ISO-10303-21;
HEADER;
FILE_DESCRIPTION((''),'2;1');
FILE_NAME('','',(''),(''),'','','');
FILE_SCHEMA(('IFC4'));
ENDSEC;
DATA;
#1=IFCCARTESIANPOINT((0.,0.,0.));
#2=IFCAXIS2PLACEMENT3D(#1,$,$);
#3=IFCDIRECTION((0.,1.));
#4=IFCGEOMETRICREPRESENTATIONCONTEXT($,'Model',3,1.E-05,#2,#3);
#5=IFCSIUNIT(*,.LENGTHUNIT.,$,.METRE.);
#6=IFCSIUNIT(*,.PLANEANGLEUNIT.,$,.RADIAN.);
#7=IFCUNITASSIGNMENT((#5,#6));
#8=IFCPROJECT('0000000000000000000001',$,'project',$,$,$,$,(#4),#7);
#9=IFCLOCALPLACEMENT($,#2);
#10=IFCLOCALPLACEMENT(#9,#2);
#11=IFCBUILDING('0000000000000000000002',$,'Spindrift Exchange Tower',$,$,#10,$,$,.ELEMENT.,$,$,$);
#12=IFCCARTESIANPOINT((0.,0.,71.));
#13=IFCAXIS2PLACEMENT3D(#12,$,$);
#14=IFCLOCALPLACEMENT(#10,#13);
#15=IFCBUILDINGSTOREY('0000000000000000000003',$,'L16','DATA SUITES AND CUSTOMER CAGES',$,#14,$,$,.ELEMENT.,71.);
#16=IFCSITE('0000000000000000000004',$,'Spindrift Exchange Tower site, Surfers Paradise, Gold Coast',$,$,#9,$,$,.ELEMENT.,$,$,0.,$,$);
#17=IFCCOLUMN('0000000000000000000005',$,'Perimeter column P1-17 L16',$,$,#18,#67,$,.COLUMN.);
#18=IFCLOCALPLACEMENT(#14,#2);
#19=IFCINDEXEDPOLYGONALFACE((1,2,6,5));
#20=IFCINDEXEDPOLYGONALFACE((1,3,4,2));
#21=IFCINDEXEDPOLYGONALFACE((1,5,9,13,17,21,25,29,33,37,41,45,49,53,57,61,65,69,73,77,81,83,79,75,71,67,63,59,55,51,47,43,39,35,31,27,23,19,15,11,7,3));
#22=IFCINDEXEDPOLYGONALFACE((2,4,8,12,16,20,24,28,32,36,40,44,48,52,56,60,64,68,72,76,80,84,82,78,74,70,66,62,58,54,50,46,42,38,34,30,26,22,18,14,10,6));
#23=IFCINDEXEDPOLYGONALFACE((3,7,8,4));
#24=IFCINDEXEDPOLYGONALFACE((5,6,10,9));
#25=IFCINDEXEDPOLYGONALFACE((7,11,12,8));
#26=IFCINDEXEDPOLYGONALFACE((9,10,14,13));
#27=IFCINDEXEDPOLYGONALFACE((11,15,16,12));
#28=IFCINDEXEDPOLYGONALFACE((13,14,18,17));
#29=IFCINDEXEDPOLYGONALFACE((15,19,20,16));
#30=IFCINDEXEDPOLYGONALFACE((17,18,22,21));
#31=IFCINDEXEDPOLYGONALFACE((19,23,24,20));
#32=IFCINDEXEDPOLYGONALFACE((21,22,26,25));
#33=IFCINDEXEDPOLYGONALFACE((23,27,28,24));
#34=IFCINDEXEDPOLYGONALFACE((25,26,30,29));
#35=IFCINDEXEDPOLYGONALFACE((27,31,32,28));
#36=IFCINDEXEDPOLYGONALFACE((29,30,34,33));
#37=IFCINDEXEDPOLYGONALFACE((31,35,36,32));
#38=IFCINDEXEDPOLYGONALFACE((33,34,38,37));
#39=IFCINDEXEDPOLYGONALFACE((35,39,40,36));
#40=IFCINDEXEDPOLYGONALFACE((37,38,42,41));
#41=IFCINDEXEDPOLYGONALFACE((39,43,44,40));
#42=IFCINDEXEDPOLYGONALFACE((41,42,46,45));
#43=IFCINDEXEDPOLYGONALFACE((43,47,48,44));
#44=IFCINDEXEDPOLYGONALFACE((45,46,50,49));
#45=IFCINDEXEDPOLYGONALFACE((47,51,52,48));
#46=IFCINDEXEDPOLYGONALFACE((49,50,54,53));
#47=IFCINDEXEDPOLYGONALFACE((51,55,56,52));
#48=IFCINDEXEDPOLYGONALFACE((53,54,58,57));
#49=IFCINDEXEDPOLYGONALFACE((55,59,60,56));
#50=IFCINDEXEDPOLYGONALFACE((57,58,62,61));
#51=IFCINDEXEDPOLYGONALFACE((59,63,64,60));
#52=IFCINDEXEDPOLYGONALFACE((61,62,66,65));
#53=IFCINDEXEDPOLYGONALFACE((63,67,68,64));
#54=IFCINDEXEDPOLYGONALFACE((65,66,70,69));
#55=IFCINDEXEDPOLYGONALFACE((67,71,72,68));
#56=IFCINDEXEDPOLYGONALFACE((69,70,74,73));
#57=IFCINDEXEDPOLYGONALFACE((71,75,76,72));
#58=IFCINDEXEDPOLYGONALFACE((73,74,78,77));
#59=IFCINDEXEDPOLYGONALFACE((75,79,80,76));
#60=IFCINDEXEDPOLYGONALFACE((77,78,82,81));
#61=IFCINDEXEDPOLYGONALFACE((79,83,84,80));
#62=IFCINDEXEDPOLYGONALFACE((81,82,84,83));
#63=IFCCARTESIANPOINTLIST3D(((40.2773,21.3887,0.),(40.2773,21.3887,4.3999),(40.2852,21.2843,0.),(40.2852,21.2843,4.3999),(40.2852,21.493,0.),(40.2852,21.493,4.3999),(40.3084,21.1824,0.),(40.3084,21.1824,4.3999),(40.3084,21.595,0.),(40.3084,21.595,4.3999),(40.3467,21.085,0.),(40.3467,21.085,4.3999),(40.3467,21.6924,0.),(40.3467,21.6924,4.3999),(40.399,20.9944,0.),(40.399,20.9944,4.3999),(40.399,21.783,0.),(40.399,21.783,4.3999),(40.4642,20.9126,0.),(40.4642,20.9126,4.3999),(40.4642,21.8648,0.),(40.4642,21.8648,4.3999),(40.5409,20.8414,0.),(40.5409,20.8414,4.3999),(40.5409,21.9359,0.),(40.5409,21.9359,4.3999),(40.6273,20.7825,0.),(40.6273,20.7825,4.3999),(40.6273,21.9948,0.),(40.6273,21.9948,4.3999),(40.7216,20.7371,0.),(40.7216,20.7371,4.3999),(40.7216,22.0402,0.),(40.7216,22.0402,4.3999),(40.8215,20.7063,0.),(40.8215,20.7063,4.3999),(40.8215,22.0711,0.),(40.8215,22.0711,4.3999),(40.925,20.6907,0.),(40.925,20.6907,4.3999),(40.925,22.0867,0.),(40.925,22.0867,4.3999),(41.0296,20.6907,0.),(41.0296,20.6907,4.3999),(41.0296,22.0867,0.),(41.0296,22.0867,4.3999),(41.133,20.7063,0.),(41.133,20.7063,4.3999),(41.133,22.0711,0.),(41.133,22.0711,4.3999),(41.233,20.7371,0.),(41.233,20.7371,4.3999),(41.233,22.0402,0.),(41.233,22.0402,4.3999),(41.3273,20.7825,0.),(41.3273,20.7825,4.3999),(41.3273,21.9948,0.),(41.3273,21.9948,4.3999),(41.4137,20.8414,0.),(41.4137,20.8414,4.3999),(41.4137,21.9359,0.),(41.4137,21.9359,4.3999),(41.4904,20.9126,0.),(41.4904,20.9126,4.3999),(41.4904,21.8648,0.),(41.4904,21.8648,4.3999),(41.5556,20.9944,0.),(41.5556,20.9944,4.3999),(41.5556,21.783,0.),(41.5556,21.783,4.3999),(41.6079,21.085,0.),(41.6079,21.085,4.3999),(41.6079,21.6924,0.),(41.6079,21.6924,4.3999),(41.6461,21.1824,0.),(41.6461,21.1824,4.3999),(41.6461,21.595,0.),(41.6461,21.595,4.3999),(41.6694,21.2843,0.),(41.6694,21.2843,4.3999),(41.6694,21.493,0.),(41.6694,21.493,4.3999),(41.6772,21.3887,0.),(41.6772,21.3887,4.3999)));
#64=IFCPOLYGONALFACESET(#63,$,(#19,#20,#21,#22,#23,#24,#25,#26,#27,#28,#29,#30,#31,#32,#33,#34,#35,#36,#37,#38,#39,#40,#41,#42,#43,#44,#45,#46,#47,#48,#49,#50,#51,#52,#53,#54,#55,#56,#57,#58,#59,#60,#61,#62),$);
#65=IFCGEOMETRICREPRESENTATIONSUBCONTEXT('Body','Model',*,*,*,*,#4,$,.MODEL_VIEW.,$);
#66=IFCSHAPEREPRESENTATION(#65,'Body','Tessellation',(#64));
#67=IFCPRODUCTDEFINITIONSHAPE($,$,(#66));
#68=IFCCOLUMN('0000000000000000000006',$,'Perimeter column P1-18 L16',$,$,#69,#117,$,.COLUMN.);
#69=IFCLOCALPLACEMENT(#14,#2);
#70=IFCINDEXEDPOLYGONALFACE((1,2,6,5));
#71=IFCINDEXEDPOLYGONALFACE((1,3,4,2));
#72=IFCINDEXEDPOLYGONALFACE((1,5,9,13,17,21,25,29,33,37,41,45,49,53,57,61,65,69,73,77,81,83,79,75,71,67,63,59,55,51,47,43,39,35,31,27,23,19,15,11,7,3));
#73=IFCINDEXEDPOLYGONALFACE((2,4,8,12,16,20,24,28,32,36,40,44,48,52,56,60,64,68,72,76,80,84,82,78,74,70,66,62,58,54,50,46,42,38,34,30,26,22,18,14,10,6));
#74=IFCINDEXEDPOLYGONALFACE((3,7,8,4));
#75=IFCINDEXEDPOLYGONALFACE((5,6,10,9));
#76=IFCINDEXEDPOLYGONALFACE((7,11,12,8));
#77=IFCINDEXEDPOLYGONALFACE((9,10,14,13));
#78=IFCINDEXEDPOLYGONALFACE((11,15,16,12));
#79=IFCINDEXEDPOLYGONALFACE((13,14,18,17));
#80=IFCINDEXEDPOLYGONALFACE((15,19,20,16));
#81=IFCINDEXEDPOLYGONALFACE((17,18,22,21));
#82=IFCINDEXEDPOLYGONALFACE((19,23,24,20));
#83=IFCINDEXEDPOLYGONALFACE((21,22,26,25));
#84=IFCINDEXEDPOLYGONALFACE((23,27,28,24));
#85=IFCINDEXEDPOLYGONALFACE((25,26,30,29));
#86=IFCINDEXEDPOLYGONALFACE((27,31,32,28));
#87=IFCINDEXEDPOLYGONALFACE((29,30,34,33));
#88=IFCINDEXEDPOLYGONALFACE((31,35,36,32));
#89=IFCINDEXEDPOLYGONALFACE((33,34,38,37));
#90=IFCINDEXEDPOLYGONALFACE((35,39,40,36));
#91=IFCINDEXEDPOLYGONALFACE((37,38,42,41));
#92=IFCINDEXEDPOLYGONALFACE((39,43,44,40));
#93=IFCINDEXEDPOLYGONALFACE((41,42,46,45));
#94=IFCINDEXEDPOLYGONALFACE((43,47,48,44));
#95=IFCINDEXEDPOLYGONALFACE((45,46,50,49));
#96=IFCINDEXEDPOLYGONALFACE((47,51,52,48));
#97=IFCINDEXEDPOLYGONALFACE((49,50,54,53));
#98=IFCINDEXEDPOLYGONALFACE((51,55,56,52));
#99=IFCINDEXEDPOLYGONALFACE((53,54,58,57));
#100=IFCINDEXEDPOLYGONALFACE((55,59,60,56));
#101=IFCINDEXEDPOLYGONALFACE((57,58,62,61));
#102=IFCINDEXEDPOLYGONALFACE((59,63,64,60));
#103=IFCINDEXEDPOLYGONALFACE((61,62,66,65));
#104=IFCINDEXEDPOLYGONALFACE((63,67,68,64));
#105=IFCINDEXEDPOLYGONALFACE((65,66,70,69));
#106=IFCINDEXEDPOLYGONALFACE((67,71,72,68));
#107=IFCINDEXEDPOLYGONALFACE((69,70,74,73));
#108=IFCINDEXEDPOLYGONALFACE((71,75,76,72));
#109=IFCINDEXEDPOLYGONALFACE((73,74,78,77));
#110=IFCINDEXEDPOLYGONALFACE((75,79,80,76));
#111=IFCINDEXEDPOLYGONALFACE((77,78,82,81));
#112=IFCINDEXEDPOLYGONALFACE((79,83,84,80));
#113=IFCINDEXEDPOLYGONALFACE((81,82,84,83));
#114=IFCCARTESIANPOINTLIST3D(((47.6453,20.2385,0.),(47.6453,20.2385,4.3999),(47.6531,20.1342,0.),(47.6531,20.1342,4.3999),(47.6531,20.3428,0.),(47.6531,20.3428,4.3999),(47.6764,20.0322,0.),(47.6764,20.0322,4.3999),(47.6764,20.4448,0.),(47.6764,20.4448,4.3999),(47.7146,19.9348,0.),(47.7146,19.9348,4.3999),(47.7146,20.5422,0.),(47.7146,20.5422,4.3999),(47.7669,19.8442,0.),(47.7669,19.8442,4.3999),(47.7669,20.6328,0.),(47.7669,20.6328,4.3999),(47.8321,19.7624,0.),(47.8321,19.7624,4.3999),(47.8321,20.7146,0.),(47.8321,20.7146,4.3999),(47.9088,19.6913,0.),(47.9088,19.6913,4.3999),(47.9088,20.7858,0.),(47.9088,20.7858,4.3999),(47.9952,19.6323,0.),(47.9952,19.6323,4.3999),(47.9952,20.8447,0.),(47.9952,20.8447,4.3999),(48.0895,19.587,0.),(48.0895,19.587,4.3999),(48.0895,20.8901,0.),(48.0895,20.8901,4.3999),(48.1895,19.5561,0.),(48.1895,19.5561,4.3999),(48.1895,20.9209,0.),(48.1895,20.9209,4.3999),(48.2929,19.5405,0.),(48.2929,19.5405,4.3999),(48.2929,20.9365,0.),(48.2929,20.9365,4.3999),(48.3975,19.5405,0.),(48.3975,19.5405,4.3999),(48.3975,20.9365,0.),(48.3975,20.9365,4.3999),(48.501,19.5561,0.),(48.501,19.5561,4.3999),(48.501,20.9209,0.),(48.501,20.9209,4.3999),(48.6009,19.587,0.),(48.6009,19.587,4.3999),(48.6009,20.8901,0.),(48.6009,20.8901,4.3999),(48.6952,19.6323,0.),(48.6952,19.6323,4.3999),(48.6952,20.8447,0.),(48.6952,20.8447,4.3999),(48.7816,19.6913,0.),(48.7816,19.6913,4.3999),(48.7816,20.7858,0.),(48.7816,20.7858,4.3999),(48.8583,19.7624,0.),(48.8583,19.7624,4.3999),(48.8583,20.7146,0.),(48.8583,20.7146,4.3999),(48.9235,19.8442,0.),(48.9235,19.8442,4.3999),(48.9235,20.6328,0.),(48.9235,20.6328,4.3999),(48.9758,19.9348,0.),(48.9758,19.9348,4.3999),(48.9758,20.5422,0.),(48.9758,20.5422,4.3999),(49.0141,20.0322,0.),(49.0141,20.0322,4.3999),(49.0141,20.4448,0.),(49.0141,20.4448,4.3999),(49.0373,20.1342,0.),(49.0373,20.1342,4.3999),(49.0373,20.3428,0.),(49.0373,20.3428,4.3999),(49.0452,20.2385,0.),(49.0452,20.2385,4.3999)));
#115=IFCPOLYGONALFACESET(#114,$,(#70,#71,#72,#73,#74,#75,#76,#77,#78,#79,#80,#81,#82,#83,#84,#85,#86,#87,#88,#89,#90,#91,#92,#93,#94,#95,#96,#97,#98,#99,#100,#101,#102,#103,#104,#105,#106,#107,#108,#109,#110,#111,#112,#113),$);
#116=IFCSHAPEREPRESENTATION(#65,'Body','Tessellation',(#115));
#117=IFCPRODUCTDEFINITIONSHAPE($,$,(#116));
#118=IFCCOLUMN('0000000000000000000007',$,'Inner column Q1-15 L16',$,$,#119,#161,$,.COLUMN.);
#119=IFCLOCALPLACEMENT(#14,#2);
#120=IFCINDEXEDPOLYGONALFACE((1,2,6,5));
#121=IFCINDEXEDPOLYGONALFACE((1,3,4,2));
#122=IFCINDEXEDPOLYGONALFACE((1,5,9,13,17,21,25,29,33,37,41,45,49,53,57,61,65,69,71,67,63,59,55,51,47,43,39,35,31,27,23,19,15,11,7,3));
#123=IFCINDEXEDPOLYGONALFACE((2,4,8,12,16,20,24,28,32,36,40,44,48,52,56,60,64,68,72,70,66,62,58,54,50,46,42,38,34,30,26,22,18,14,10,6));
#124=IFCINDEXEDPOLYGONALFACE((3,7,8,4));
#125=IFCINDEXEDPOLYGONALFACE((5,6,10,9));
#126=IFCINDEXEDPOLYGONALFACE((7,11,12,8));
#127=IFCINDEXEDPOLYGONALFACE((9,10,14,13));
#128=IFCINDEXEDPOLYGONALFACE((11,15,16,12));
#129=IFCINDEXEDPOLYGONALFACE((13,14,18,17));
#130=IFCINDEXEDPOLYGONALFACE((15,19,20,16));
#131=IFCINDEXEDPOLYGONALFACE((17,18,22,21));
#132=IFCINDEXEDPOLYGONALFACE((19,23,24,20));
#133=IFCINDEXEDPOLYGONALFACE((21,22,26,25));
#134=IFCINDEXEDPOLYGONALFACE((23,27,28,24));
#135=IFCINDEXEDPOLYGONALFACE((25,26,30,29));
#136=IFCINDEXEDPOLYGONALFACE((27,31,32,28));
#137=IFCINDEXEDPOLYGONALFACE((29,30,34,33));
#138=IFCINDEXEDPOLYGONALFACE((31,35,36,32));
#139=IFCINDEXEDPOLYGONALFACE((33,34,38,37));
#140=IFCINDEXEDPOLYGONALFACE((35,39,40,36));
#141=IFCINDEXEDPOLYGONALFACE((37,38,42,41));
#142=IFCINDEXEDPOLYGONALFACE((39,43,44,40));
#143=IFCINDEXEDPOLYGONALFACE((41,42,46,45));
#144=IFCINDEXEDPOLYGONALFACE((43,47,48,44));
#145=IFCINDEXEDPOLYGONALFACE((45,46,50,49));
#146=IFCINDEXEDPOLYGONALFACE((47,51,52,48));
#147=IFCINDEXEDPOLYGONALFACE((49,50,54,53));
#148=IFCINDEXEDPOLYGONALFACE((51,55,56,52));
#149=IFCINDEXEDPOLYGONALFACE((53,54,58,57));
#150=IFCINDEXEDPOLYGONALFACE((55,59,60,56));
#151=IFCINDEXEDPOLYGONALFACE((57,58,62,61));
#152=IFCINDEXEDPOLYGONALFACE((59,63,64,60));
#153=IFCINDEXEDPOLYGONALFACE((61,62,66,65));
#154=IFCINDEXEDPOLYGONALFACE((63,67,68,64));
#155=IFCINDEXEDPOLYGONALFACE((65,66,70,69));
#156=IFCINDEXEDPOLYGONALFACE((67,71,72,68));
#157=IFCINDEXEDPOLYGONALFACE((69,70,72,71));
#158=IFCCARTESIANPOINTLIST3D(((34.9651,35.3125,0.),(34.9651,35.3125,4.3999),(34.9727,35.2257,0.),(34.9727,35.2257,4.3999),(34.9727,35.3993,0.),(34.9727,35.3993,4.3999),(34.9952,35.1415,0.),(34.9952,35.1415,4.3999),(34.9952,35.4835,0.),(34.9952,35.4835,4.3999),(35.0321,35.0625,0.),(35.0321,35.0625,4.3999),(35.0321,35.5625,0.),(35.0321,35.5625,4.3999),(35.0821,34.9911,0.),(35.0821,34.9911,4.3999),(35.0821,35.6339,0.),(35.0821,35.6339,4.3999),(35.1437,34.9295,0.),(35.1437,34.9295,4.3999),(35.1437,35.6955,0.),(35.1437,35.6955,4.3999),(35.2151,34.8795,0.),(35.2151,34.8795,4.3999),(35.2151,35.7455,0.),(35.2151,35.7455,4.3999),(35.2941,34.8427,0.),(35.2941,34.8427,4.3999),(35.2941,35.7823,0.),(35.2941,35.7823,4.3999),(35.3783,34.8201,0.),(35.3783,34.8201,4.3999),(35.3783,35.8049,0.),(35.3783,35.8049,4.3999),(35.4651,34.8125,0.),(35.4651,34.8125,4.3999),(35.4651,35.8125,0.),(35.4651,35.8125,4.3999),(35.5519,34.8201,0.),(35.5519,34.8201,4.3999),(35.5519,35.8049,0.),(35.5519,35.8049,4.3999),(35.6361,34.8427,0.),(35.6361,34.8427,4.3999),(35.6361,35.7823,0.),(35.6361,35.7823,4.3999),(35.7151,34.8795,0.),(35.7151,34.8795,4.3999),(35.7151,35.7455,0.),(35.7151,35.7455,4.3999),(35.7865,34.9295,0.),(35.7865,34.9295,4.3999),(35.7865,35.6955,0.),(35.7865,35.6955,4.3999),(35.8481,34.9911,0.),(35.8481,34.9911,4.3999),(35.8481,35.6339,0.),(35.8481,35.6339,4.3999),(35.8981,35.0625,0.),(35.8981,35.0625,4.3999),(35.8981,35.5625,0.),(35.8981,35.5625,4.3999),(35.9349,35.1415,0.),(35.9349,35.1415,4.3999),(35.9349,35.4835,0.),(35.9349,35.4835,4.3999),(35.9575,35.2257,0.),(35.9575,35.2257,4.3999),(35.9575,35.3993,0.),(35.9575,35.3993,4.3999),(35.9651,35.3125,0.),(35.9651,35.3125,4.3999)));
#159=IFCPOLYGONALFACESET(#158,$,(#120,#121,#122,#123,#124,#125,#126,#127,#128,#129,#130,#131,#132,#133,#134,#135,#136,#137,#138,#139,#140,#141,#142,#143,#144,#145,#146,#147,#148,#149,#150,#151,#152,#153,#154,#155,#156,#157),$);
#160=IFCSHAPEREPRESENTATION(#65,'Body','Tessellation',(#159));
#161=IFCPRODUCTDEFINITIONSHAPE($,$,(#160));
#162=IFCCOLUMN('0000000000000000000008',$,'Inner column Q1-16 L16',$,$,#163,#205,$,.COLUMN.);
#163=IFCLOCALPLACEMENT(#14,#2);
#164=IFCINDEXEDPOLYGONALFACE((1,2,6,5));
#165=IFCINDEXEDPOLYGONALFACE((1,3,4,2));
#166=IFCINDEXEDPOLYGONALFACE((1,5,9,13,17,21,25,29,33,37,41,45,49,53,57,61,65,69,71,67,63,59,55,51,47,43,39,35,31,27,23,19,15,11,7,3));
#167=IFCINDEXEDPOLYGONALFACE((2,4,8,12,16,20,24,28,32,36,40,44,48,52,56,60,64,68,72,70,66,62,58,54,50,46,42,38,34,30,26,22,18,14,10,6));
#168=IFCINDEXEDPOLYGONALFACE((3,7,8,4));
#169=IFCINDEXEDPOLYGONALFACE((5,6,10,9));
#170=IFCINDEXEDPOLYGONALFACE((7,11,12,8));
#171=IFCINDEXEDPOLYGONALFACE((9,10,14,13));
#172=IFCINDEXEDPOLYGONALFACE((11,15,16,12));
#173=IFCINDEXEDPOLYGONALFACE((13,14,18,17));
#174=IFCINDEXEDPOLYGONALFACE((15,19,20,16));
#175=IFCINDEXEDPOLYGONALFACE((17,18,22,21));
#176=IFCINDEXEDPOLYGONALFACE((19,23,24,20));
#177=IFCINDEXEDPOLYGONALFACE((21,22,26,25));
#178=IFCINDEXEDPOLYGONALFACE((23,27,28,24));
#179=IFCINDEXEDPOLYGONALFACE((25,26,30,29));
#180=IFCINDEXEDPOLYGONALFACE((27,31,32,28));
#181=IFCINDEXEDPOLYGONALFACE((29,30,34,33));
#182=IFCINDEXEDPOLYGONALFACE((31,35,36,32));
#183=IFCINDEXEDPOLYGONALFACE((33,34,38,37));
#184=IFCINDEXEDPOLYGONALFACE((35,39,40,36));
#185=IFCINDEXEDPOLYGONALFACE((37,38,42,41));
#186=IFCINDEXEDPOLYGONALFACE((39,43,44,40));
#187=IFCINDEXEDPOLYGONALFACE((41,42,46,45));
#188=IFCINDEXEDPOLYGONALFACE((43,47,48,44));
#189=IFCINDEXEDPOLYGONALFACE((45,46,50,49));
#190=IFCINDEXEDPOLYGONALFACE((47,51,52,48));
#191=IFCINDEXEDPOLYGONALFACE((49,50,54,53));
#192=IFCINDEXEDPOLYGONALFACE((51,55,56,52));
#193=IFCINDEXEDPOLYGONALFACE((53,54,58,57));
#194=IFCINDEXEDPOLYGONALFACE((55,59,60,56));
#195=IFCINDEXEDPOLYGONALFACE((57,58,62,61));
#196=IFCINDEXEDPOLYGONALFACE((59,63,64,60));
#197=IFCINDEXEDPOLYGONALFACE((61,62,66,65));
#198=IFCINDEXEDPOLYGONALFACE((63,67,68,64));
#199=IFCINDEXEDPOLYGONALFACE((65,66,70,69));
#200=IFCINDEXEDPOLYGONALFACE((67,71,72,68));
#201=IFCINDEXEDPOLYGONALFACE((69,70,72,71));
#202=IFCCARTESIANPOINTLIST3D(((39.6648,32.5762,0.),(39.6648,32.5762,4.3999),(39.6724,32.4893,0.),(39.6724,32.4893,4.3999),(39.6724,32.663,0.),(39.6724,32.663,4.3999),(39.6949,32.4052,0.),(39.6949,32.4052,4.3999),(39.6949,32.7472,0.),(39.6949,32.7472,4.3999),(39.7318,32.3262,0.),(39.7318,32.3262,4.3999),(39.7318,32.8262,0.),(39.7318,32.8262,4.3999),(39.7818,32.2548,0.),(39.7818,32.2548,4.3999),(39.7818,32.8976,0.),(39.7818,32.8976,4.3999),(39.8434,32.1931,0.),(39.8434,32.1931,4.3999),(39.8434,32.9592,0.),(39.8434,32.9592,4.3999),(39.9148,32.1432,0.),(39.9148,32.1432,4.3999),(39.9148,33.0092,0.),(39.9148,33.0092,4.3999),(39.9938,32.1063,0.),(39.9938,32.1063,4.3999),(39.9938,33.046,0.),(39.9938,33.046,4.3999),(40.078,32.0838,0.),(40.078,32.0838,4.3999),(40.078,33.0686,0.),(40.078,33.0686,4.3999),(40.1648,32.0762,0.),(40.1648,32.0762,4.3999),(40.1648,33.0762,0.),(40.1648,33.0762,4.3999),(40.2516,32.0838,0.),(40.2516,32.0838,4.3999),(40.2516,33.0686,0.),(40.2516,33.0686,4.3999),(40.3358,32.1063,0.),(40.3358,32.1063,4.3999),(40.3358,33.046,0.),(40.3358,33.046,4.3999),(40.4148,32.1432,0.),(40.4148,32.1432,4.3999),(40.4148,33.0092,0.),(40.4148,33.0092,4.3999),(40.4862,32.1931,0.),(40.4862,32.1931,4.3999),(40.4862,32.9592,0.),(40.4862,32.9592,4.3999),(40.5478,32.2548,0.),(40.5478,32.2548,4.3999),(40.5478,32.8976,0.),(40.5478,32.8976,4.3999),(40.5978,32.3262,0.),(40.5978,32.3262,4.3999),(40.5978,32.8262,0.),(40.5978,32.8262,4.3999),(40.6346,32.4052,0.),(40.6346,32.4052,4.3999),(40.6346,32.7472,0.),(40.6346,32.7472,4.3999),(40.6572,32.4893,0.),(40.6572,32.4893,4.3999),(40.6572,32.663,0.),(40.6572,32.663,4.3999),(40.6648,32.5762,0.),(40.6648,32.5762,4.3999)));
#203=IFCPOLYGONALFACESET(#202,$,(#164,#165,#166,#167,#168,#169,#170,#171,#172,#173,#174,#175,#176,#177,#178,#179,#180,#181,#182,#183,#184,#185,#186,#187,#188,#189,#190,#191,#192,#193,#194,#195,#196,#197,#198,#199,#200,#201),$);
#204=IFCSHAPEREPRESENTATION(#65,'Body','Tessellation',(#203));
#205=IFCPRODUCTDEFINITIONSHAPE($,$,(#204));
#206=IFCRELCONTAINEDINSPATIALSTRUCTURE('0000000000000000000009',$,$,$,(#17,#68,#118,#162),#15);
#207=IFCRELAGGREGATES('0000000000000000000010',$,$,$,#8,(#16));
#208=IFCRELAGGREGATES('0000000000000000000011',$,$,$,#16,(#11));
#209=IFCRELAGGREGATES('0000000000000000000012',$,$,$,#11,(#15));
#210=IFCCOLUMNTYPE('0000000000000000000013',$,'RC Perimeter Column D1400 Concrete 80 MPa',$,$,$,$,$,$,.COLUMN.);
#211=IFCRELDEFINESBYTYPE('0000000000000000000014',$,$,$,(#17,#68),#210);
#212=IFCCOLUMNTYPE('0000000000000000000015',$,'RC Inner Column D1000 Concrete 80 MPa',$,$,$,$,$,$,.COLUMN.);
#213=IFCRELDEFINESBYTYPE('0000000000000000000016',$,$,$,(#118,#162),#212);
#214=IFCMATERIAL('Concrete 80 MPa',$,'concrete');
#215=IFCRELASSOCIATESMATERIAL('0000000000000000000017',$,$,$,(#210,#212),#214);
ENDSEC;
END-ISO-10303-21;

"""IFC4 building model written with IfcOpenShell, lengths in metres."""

from ifc_helpers import new_model, si_unit, direction, frame, origin, origin_2d, place, context, subcontext, project, spatial, circle, extrude, source, transform, mapped, material, material_profile, profile_set, type_object, element, save


model = new_model("IFC4")

# Units and contexts
model_context = context("Model", 3, precision=1e-05, world=origin(), true_north=direction((0.0, 1.0)))
body_context = subcontext(model_context, "Body", "Model", "MODEL_VIEW")
ifc_project = project(units=[si_unit("LENGTHUNIT", "METRE"), si_unit("PLANEANGLEUNIT", "RADIAN")], contexts=[model_context])

# Site, building, storey
site_placement = place(None, origin())
site = spatial("IfcSite", under=ifc_project, at=site_placement, Name="Spindrift Exchange Tower site, Surfers Paradise, Gold Coast", CompositionType="ELEMENT", RefElevation=0.0)
building_placement = place(site_placement, origin())
building = spatial("IfcBuilding", under=site, at=building_placement, Name="Spindrift Exchange Tower", CompositionType="ELEMENT")
storey_placement = place(building_placement, frame((0.0, 0.0, 71.0)))
storey = spatial("IfcBuildingStorey", under=building, at=storey_placement, Name="L16", Description="DATA SUITES AND CUSTOMER CAGES", CompositionType="ELEMENT", Elevation=71.0)

# Columns
ifc_material_1 = material(Name="Concrete 80 MPa", Category="concrete")
ifc_material_profile_1 = material_profile(ifc_material_1, circle(Radius=0.7, at=origin_2d()), Name="RC D1400")
ifc_profile_set_1 = profile_set([ifc_material_profile_1], Name="Concrete 80 MPa")
column_type_1 = type_object("IfcColumnType", Name="RC Perimeter Column D1400 Concrete 80 MPa", PredefinedType="COLUMN", material=ifc_profile_set_1)
shared_shape_1 = source(origin(), body_context, "Body", "SweptSolid", [
    extrude(circle(Radius=0.7, at=origin_2d()), origin(), (0.0, 0.0, 1.0), 4.3999),
])
for number, where, z_axis, x_axis, name in (
    (1, (40.9773, 21.3887, 0.0), (0.0, 0.0, 1.0), (1.0, 0.0, 0.0), "Perimeter column P1-17 L16"),
    (2, (48.3452, 20.2385, 0.0), (0.0, 0.0, 1.0), (1.0, 0.0, 0.0), "Perimeter column P1-18 L16"),
):
    element("IfcColumn", number, at=place(storey_placement, frame(where, z_axis=z_axis, x_axis=x_axis)), inside=storey, type_object=column_type_1, Name=name, PredefinedType="COLUMN", context=body_context, shape_type="MappedRepresentation", body=[
        mapped(shared_shape_1, transform((0.0, 0.0, 0.0), scale=1.0)),
    ])
ifc_material_profile_2 = material_profile(ifc_material_1, circle(Radius=0.5, at=origin_2d()), Name="RC D1000")
ifc_profile_set_2 = profile_set([ifc_material_profile_2], Name="Concrete 80 MPa")
column_type_2 = type_object("IfcColumnType", Name="RC Inner Column D1000 Concrete 80 MPa", PredefinedType="COLUMN", material=ifc_profile_set_2)
shared_shape_2 = source(origin(), body_context, "Body", "SweptSolid", [
    extrude(circle(Radius=0.5, at=origin_2d()), origin(), (0.0, 0.0, 1.0), 4.3999),
])
for number, where, z_axis, x_axis, name in (
    (3, (35.4651, 35.3125, 0.0), (0.0, 0.0, 1.0), (1.0, 0.0, 0.0), "Inner column Q1-15 L16"),
    (4, (40.1648, 32.5762, 0.0), (0.0, 0.0, 1.0), (1.0, 0.0, 0.0), "Inner column Q1-16 L16"),
):
    element("IfcColumn", number, at=place(storey_placement, frame(where, z_axis=z_axis, x_axis=x_axis)), inside=storey, type_object=column_type_2, Name=name, PredefinedType="COLUMN", context=body_context, shape_type="MappedRepresentation", body=[
        mapped(shared_shape_2, transform((0.0, 0.0, 0.0), scale=1.0)),
    ])

save(model, "model.ifc")
